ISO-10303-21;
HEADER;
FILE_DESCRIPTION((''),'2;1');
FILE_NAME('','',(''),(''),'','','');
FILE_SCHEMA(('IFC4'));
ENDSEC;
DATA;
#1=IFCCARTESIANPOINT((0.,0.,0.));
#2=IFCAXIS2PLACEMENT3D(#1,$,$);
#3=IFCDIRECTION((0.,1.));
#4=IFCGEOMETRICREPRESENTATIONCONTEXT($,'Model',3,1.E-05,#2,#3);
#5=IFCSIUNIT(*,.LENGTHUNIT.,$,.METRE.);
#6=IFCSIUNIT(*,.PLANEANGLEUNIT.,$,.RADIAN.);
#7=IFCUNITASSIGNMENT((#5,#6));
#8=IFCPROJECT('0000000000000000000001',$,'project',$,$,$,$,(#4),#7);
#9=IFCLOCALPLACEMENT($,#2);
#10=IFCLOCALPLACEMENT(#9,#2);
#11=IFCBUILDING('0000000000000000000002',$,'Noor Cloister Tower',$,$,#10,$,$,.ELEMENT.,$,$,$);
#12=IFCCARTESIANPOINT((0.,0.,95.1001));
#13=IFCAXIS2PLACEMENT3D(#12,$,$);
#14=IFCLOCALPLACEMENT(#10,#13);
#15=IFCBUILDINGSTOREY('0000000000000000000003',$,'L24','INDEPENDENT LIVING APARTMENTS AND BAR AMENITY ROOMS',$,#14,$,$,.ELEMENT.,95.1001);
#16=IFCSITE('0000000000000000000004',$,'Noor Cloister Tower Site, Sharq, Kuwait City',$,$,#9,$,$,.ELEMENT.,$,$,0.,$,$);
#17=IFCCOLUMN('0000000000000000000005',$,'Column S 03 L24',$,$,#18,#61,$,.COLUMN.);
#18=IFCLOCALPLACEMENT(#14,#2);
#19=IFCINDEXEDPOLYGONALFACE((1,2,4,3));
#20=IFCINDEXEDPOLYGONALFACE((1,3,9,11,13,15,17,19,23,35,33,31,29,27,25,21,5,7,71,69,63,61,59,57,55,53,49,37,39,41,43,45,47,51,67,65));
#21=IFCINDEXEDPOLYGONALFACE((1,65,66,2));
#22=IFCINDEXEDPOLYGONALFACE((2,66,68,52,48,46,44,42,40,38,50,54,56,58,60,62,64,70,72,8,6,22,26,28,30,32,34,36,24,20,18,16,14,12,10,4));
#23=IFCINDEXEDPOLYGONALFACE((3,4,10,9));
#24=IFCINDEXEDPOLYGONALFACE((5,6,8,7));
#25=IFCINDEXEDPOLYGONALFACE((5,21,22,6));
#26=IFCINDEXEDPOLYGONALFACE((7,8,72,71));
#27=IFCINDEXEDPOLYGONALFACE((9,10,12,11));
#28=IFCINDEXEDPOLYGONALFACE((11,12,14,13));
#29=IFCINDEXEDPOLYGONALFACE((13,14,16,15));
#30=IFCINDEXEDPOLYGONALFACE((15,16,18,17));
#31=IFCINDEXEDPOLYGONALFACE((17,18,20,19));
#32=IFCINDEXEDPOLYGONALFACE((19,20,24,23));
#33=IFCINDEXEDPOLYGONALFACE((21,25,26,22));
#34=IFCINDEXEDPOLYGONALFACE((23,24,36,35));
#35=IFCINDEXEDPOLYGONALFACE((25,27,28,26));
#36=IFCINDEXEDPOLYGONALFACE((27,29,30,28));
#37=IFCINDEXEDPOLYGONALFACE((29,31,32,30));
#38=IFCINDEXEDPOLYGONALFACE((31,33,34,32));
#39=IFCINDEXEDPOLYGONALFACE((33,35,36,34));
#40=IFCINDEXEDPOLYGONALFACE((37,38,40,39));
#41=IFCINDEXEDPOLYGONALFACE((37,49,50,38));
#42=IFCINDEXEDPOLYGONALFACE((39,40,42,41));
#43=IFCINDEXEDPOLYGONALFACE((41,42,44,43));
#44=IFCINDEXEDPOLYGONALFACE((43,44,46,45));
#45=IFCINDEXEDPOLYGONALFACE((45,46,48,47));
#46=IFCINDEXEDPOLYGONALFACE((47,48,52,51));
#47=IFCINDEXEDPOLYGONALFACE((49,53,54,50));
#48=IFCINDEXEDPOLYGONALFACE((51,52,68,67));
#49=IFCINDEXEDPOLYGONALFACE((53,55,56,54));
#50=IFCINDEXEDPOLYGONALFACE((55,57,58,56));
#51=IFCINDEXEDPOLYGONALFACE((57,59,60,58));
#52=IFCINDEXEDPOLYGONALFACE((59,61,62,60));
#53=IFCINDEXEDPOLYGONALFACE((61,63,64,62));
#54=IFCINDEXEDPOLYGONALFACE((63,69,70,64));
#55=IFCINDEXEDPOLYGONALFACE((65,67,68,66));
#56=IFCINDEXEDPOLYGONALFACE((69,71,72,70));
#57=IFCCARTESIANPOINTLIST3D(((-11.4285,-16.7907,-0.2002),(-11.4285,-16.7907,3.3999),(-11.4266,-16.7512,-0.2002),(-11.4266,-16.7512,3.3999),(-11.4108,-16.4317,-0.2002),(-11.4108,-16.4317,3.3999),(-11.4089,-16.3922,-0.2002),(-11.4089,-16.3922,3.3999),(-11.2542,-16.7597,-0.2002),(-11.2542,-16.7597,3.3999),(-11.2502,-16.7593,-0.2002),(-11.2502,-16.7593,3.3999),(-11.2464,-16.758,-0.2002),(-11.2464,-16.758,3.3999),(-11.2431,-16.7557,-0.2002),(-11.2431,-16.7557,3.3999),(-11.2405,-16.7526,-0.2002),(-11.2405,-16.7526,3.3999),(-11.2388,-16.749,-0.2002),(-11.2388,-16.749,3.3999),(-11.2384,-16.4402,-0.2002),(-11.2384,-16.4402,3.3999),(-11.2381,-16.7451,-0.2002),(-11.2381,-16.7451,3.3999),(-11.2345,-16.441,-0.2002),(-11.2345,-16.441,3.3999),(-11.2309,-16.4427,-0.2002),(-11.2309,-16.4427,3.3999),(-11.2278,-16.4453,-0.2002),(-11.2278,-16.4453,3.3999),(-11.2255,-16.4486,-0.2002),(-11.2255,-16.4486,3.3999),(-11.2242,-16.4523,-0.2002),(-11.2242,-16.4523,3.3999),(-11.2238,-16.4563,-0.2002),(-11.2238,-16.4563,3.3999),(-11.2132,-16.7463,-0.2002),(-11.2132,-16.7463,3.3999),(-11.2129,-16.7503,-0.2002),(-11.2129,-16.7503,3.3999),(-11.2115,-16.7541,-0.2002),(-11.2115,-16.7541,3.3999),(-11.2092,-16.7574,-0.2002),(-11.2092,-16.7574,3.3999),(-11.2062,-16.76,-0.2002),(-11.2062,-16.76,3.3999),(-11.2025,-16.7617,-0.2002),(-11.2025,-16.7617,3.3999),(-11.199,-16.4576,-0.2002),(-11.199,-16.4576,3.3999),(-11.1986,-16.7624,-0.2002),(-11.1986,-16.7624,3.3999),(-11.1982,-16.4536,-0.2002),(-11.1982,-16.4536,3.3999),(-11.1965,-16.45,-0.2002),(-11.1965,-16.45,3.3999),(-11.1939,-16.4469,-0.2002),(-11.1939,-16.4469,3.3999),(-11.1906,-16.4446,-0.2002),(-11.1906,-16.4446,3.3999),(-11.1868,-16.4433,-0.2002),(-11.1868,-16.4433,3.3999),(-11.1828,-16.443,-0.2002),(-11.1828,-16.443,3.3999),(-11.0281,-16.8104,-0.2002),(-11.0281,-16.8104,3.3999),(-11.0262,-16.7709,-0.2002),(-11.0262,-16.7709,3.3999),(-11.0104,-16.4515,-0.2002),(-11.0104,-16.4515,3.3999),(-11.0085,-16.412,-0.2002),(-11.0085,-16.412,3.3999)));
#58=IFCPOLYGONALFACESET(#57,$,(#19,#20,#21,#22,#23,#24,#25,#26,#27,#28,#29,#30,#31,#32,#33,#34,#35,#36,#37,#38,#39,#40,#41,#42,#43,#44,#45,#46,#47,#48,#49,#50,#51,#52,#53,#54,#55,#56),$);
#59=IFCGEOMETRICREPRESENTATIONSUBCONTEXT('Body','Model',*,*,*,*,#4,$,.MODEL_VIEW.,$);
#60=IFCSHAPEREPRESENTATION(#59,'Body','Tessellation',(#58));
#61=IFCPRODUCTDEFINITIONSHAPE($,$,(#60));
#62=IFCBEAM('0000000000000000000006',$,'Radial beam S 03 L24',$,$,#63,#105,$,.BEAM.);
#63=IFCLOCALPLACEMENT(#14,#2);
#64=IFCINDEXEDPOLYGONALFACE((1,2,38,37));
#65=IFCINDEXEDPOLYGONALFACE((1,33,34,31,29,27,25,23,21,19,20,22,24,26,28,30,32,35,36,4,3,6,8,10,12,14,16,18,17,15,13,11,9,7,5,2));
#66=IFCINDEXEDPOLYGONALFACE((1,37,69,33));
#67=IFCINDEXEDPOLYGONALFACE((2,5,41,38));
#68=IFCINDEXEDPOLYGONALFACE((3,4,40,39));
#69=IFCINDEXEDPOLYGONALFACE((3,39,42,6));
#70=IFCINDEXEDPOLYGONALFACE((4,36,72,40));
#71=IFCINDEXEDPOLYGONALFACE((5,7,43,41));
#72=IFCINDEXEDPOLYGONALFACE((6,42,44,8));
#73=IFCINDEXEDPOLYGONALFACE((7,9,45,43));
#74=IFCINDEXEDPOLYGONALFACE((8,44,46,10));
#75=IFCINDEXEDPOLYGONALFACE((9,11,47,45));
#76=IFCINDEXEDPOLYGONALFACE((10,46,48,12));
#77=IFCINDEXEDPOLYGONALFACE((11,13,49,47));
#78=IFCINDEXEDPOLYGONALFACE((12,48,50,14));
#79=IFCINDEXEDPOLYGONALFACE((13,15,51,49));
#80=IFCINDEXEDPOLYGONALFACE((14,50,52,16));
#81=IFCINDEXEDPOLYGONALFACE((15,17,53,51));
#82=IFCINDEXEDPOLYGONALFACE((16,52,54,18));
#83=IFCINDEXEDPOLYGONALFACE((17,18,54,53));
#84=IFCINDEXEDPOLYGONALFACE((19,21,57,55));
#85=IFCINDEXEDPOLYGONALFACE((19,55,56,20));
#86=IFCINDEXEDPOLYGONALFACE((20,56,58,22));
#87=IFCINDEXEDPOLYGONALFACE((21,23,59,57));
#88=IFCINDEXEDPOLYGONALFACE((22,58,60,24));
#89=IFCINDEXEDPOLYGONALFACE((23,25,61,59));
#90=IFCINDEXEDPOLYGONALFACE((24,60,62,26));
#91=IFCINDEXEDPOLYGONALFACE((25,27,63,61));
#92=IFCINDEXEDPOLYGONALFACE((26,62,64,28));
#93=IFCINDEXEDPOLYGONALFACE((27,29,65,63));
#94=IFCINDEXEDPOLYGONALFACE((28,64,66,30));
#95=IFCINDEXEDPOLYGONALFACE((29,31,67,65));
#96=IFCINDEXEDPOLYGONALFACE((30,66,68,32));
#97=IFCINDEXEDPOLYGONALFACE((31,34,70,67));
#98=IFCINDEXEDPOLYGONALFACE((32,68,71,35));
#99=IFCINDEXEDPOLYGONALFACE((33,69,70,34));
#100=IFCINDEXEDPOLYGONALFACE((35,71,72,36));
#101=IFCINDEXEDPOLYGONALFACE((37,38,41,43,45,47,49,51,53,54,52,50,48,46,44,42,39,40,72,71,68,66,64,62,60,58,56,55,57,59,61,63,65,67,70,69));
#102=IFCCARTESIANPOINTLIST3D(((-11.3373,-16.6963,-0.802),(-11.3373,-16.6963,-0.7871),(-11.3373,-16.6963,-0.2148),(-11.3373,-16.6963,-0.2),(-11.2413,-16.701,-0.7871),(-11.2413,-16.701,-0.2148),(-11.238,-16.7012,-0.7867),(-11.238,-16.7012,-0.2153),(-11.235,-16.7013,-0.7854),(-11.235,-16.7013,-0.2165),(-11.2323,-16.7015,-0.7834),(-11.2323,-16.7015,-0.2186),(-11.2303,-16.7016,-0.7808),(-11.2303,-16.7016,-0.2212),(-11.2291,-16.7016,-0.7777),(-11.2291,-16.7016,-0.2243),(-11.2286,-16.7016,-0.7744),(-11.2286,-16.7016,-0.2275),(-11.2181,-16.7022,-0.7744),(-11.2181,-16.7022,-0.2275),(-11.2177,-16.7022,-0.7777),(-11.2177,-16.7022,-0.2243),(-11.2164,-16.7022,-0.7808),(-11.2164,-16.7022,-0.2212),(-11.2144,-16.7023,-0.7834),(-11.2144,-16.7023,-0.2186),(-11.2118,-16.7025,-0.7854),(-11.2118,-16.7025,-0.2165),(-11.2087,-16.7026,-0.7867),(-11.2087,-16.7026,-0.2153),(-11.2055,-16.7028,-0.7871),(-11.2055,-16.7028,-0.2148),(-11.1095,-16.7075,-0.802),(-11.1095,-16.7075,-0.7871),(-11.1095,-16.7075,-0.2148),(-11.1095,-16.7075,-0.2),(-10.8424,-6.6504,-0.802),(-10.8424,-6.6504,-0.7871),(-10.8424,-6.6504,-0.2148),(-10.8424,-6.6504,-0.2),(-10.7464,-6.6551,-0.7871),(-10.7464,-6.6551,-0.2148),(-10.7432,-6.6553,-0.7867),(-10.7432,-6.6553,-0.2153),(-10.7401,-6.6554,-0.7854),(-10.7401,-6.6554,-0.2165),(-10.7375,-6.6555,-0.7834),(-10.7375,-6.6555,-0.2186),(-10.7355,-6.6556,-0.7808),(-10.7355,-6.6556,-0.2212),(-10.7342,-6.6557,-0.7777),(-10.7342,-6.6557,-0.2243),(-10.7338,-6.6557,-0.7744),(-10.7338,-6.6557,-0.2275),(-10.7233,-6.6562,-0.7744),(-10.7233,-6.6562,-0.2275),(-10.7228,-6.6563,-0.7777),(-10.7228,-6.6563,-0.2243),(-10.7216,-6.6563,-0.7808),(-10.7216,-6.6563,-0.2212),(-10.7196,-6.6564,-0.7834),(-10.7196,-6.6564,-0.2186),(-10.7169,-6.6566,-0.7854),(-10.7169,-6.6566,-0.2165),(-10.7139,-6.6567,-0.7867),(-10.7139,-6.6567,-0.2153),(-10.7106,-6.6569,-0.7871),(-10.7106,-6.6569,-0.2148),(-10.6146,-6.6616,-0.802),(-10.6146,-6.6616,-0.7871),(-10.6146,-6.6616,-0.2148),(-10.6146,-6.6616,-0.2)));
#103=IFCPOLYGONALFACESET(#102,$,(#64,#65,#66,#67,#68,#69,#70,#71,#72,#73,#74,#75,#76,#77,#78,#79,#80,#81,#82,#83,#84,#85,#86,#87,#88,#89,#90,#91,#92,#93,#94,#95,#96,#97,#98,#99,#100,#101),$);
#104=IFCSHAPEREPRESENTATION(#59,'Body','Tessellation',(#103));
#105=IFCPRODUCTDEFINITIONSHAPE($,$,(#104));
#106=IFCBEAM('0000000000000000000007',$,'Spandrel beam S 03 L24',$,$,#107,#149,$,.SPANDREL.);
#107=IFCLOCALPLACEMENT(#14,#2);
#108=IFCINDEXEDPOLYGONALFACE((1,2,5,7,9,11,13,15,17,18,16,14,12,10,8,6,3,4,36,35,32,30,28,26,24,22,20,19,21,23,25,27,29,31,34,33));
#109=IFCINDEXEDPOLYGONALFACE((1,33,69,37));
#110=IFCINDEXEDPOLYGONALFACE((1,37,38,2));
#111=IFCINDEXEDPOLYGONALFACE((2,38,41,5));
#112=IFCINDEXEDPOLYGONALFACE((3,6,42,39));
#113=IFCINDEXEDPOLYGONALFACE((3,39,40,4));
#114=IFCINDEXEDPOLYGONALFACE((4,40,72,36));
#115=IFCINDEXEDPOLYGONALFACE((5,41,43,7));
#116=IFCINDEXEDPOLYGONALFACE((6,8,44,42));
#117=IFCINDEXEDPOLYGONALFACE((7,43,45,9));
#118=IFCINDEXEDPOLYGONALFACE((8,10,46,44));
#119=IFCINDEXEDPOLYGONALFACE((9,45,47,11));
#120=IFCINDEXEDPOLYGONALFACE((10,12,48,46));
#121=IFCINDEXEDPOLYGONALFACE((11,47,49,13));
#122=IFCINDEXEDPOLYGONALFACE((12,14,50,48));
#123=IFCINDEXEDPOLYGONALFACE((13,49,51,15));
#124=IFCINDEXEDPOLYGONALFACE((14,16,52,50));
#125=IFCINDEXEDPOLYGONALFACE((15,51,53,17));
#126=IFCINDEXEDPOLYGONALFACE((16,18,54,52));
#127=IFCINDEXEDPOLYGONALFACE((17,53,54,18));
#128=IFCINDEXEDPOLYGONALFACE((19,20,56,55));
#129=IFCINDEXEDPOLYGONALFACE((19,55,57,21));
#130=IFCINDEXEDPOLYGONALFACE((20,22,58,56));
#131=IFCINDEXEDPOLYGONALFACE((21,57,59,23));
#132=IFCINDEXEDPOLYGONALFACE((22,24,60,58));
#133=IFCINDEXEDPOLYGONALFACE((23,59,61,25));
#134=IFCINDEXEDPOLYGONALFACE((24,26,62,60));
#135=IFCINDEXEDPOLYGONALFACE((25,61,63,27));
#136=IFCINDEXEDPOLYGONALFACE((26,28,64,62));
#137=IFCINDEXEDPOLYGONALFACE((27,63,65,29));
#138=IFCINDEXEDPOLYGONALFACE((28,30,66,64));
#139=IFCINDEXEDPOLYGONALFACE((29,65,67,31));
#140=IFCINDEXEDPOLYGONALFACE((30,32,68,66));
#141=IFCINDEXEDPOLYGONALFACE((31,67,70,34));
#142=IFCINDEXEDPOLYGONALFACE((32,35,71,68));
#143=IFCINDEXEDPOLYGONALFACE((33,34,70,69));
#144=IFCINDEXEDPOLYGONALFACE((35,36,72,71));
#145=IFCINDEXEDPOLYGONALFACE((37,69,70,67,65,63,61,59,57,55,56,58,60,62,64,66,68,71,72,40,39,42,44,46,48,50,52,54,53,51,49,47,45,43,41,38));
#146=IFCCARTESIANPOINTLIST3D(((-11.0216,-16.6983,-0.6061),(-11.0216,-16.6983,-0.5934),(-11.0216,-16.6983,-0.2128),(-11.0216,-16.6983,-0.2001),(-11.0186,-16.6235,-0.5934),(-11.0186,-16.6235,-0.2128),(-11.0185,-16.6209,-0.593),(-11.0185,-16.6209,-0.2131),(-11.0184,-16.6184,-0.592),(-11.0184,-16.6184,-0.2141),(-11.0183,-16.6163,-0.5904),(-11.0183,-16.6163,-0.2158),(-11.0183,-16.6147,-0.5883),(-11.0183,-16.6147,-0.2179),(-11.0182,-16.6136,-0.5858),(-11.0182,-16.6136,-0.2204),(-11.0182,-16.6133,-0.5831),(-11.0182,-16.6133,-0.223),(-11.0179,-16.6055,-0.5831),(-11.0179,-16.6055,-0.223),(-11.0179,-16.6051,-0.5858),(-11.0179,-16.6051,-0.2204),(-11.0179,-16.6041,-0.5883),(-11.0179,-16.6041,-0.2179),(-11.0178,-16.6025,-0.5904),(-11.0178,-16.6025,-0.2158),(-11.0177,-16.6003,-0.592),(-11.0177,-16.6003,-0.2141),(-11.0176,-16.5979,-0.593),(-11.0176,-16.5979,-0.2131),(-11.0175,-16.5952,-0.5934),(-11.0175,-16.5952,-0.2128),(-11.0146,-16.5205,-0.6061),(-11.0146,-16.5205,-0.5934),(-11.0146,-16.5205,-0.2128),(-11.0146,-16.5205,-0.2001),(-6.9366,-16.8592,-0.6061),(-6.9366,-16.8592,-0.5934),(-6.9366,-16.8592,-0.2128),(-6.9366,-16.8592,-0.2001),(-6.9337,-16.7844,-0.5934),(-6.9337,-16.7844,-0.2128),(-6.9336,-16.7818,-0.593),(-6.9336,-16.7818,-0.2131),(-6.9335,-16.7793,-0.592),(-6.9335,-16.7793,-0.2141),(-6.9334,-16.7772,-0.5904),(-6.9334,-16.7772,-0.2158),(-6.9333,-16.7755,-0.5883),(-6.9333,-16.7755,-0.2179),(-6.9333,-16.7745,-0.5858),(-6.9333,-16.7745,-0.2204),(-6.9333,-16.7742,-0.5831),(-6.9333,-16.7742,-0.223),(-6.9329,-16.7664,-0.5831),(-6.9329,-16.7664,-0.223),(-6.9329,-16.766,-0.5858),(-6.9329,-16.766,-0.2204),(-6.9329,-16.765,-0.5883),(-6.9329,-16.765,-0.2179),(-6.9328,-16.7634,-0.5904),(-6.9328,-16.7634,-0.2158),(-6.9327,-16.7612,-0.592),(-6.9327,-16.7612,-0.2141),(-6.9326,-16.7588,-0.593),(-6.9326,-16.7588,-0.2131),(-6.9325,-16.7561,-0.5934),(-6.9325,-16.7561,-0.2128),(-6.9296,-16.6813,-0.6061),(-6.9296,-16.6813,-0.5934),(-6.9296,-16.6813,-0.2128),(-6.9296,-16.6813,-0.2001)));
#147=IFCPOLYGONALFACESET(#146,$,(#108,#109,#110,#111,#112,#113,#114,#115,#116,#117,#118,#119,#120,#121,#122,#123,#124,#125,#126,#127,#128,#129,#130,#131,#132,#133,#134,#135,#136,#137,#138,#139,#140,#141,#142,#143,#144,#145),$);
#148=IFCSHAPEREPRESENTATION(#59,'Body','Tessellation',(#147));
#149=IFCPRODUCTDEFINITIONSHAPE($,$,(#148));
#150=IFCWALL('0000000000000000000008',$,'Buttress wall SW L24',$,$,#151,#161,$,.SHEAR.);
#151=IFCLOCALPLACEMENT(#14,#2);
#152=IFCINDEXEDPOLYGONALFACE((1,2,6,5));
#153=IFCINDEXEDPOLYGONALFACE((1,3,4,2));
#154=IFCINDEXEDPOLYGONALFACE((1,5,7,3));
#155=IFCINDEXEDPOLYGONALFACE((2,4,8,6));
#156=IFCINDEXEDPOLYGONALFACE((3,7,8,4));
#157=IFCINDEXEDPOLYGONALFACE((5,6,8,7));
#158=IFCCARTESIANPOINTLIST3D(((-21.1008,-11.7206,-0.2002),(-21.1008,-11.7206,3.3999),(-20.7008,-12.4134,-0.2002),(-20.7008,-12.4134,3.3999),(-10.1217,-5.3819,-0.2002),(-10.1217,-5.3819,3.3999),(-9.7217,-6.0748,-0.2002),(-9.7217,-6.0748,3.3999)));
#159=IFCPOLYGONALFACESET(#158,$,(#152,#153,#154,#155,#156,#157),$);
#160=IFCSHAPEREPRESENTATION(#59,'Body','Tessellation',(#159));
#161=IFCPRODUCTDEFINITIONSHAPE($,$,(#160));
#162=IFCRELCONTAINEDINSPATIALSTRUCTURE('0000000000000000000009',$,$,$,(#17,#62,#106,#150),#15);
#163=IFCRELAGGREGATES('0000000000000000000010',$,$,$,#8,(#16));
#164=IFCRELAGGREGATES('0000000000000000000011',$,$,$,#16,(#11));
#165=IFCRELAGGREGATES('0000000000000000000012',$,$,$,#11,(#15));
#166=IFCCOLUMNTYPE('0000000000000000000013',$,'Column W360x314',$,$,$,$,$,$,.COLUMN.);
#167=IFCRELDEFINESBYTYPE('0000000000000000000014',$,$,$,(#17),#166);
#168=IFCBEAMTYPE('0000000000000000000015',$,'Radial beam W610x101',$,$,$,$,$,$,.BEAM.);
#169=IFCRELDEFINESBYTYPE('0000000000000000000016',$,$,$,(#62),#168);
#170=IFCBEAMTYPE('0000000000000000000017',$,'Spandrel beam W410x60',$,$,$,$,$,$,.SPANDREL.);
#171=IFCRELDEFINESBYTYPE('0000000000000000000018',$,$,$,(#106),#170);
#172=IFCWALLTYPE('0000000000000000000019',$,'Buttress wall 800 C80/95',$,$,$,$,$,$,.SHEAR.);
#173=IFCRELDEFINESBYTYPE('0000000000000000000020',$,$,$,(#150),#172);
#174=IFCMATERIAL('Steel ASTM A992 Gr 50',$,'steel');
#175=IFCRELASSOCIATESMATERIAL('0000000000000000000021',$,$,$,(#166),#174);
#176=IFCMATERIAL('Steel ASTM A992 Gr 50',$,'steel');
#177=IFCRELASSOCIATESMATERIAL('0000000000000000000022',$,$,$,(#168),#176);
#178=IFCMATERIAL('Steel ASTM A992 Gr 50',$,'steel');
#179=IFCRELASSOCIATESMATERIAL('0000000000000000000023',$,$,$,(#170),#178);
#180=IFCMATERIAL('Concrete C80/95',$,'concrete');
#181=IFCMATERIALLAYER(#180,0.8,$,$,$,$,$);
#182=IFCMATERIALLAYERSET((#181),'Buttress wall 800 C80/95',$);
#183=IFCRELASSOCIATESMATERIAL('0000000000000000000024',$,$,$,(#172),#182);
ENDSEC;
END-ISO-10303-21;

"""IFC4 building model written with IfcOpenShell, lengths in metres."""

from ifc_helpers import new_model, si_unit, direction, frame, frame_2d, origin, origin_2d, place, context, subcontext, project, spatial, rectangle, i_section, extrude, material, layer, layer_set, material_profile, profile_set, type_object, element, save


model = new_model("IFC4")

# Units and contexts
model_context = context("Model", 3, precision=1e-05, world=origin(), true_north=direction((0.0, 1.0)))
body_context = subcontext(model_context, "Body", "Model", "MODEL_VIEW")
ifc_project = project(units=[si_unit("LENGTHUNIT", "METRE"), si_unit("PLANEANGLEUNIT", "RADIAN")], contexts=[model_context])

# Site, building, storey
site_placement = place(None, origin())
site = spatial("IfcSite", under=ifc_project, at=site_placement, Name="Noor Cloister Tower Site, Sharq, Kuwait City", CompositionType="ELEMENT", RefElevation=0.0)
building_placement = place(site_placement, origin())
building = spatial("IfcBuilding", under=site, at=building_placement, Name="Noor Cloister Tower", CompositionType="ELEMENT")
storey_placement = place(building_placement, frame((0.0, 0.0, 95.1001)))
storey = spatial("IfcBuildingStorey", under=building, at=storey_placement, Name="L24", Description="INDEPENDENT LIVING APARTMENTS AND BAR AMENITY ROOMS", CompositionType="ELEMENT", Elevation=95.1001)

# Column
ifc_material_1 = material(Name="Steel ASTM A992 Gr 50", Category="steel")
ifc_material_profile_1 = material_profile(ifc_material_1, i_section(OverallWidth=0.4009, OverallDepth=0.3989, WebThickness=0.0249, FlangeThickness=0.0396, FilletRadius=0.0154, at=origin_2d()), Name="W360x314")
ifc_profile_set_1 = profile_set([ifc_material_profile_1], Name="Steel ASTM A992 Gr 50")
column_type = type_object("IfcColumnType", Name="Column W360x314", PredefinedType="COLUMN", material=ifc_profile_set_1)
column_placement = place(storey_placement, frame((-11.2185, -16.6013, -0.2002), z_axis=(0.0, 0.0, 1.0), x_axis=(0.99879, -0.049188, 0.0)))
element("IfcColumn", 1, at=column_placement, inside=storey, type_object=column_type, Name="Column S 03 L24", PredefinedType="COLUMN", context=body_context, shape_type="SweptSolid", body=[
    extrude(i_section(OverallWidth=0.4009, OverallDepth=0.3989, WebThickness=0.0249, FlangeThickness=0.0396, FilletRadius=0.0154, at=origin_2d()), origin(), (0.0, 0.0, 1.0), 3.6001),
])

# Beams
ifc_material_2 = material(Name="Steel ASTM A992 Gr 50", Category="steel")
ifc_material_profile_2 = material_profile(ifc_material_2, i_section(OverallWidth=0.228, OverallDepth=0.6021, WebThickness=0.0105, FlangeThickness=0.0149, FilletRadius=0.0127, at=origin_2d()), Name="W610x101")
ifc_profile_set_2 = profile_set([ifc_material_profile_2], Name="Steel ASTM A992 Gr 50")
beam_type_1 = type_object("IfcBeamType", Name="Radial beam W610x101", PredefinedType="BEAM", material=ifc_profile_set_2)
beam_1_placement = place(storey_placement, frame((-11.2234, -16.7019, -0.501), z_axis=(0.049202, 0.998789, 0.0), x_axis=(-0.998789, 0.049202, 0.0)))
element("IfcBeam", 2, at=beam_1_placement, inside=storey, type_object=beam_type_1, Name="Radial beam S 03 L24", PredefinedType="BEAM", context=body_context, shape_type="SweptSolid", body=[
    extrude(i_section(OverallWidth=0.228, OverallDepth=0.6021, WebThickness=0.0105, FlangeThickness=0.0149, FilletRadius=0.0127, at=origin_2d()), origin(), (0.0, 0.0, 1.0), 10.0581),
])
ifc_material_3 = material(Name="Steel ASTM A992 Gr 50", Category="steel")
ifc_material_profile_3 = material_profile(ifc_material_3, i_section(OverallWidth=0.178, OverallDepth=0.406, WebThickness=0.0078, FlangeThickness=0.0127, FilletRadius=0.0103, at=origin_2d()), Name="W410x60")
ifc_profile_set_3 = profile_set([ifc_material_profile_3], Name="Steel ASTM A992 Gr 50")
beam_type_2 = type_object("IfcBeamType", Name="Spandrel beam W410x60", PredefinedType="SPANDREL", material=ifc_profile_set_3)
beam_2_placement = place(storey_placement, frame((-11.0181, -16.6094, -0.4031), z_axis=(0.999225, -0.039355, 0.0), x_axis=(0.039355, 0.999225, 0.0)))
element("IfcBeam", 3, at=beam_2_placement, inside=storey, type_object=beam_type_2, Name="Spandrel beam S 03 L24", PredefinedType="SPANDREL", context=body_context, shape_type="SweptSolid", body=[
    extrude(i_section(OverallWidth=0.178, OverallDepth=0.406, WebThickness=0.0078, FlangeThickness=0.0127, FilletRadius=0.0103, at=origin_2d()), origin(), (0.0, 0.0, 1.0), 4.0881),
])

# Wall
ifc_material_4 = material(Name="Concrete C80/95", Category="concrete")
ifc_layer_1 = layer(ifc_material_4, 0.8)
ifc_layer_set_1 = layer_set([ifc_layer_1], Name="Buttress wall 800 C80/95")
wall_type_1 = type_object("IfcWallType", Name="Buttress wall 800 C80/95", PredefinedType="SHEAR", material=ifc_layer_set_1)
wall_1_placement = place(storey_placement, frame((-9.9216, -5.7283, -0.2002), z_axis=(0.0, 0.0, 1.0), x_axis=(-0.866029, -0.499994, 0.0)))
element("IfcWall", 4, at=wall_1_placement, inside=storey, type_object=wall_type_1, Name="Buttress wall SW L24", PredefinedType="SHEAR", context=body_context, shape_type="SweptSolid", body=[
    extrude(rectangle(XDim=12.6775, YDim=0.8, at=frame_2d((6.3389, 0.0))), origin(), (0.0, 0.0, 1.0), 3.6001),
])

save(model, "model.ifc")
